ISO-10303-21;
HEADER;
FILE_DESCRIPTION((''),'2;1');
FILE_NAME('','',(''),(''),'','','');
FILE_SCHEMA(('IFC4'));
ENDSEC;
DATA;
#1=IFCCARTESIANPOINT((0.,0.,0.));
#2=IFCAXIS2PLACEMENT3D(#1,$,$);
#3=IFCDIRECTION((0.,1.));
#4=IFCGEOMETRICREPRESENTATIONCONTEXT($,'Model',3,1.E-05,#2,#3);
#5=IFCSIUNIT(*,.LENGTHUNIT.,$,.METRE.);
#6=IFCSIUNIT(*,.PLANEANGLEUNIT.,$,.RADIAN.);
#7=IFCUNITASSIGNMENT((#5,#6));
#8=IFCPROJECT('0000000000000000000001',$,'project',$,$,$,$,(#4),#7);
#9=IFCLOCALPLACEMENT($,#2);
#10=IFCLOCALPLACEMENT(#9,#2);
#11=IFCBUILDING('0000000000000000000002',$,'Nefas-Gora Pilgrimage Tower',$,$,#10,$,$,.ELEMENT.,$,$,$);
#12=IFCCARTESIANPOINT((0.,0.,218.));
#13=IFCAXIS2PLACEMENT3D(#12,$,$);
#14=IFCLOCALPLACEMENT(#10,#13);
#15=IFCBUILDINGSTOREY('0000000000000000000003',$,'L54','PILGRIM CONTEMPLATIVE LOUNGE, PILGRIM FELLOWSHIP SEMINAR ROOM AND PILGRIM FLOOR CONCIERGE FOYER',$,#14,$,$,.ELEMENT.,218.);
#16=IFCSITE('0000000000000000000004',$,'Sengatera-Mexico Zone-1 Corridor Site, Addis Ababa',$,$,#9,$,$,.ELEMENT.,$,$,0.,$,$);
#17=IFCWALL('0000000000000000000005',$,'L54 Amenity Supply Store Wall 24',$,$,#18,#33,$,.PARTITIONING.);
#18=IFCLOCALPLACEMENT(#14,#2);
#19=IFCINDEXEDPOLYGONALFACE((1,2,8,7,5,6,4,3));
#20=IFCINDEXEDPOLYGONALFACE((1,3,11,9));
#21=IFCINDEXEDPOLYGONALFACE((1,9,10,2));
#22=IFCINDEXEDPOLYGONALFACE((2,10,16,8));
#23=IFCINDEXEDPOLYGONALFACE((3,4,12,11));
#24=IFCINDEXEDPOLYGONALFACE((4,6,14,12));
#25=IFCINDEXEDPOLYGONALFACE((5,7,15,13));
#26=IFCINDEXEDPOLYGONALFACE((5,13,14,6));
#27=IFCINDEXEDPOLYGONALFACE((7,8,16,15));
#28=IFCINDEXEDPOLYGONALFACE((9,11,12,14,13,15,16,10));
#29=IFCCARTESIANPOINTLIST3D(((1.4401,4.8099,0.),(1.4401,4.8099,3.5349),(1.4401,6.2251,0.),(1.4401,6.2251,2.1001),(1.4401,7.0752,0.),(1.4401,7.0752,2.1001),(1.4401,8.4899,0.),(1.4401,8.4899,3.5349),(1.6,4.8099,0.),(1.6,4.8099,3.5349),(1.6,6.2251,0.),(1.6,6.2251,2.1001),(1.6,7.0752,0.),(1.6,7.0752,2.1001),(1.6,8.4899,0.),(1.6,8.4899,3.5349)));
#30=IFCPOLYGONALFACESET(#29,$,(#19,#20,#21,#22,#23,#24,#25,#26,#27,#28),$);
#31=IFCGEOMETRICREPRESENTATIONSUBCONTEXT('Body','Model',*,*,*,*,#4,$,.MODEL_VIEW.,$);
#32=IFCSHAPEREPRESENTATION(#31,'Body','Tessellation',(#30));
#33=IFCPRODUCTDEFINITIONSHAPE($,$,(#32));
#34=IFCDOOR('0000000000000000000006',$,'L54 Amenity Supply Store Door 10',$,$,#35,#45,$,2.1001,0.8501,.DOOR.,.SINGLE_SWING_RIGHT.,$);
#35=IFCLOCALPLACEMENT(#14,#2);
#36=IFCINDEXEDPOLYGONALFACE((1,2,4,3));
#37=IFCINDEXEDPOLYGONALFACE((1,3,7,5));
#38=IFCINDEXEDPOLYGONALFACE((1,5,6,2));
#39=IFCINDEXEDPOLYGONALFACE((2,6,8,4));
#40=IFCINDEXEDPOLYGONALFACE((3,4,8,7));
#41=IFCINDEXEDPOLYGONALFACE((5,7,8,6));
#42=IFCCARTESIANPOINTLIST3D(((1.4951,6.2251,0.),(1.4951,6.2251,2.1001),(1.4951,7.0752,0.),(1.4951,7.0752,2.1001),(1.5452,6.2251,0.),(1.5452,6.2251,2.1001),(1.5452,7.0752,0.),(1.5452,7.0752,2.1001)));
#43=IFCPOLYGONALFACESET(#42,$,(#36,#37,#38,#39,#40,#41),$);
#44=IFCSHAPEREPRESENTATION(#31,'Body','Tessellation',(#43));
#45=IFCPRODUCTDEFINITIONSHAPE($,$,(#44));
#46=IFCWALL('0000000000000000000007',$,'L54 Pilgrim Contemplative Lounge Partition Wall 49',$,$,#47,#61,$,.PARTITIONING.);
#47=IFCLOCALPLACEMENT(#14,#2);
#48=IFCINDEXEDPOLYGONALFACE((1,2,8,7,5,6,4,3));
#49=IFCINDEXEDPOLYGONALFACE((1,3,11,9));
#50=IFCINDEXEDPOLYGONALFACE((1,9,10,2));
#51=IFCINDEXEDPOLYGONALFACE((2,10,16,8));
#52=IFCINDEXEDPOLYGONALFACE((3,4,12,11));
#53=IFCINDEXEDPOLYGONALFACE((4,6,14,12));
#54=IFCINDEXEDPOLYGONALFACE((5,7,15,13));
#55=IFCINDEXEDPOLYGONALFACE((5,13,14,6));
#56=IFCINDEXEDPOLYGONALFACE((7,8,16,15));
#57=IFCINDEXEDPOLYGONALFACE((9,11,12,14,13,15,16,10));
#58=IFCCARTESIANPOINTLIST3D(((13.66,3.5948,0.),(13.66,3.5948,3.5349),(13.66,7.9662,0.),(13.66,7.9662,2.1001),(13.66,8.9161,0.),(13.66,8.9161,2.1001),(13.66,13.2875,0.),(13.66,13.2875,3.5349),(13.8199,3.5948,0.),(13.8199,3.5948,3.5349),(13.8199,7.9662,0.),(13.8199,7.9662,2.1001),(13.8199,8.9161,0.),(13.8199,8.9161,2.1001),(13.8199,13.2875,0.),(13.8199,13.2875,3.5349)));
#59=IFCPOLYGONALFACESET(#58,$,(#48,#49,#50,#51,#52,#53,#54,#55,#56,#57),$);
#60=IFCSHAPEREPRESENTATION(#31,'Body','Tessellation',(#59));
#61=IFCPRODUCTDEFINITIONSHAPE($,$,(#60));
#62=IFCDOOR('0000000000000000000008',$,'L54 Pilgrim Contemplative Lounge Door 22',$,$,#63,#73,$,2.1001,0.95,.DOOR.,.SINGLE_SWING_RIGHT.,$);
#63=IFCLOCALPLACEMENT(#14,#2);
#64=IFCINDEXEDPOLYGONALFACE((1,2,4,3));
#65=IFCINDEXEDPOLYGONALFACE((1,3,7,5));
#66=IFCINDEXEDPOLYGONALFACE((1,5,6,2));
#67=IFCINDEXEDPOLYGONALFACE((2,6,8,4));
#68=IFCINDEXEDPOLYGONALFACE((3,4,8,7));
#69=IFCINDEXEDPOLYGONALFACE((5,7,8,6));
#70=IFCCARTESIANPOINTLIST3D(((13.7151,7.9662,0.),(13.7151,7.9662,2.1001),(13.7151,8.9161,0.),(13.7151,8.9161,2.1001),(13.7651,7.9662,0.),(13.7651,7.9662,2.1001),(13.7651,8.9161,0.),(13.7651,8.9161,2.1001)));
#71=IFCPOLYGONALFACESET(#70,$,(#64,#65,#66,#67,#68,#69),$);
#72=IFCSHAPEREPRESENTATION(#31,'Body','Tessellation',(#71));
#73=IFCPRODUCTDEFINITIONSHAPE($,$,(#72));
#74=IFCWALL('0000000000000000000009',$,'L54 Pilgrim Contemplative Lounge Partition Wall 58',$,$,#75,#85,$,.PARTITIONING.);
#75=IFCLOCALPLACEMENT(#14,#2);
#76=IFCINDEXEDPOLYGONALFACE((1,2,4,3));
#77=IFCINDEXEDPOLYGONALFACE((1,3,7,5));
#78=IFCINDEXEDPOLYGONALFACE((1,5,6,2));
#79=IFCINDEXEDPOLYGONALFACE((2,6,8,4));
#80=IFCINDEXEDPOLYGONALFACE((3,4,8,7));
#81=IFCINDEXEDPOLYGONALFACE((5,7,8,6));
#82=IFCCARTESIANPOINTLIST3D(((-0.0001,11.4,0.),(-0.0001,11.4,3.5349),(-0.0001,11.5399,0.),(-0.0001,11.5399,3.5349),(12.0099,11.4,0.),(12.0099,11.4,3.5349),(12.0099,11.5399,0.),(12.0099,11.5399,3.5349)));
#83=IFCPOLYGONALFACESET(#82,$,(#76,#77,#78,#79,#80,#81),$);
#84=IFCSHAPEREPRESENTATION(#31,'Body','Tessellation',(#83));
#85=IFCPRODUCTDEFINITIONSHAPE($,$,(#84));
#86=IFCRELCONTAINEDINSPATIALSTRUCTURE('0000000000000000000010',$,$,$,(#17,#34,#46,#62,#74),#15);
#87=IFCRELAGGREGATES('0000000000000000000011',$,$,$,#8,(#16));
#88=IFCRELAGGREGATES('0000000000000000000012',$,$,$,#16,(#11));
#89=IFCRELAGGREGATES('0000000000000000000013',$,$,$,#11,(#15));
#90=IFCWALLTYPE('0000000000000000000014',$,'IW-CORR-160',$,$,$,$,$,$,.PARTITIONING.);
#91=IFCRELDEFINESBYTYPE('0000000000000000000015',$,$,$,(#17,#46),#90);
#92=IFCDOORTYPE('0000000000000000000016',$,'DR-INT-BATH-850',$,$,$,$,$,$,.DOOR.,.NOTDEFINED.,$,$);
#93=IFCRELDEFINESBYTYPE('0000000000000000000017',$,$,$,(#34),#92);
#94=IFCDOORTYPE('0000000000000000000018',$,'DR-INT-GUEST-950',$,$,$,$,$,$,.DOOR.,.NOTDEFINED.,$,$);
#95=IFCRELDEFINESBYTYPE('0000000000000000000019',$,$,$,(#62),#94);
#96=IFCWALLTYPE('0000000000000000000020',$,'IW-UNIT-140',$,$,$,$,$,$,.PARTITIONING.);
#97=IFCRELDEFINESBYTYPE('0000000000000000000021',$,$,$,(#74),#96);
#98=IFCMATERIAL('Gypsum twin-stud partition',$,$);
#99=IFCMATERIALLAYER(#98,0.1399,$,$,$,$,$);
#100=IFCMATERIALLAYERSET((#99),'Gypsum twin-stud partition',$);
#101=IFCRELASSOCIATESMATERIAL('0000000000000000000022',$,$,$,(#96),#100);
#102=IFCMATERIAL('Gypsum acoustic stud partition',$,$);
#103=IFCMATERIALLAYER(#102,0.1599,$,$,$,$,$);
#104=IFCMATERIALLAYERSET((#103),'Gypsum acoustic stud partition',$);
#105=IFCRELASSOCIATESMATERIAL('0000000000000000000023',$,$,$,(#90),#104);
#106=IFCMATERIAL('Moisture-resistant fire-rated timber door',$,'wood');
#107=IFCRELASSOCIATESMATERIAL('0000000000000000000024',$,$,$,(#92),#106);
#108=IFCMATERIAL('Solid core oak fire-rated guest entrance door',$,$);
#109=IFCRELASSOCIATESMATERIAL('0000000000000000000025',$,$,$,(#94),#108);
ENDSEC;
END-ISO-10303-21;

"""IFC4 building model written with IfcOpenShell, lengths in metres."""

from ifc_helpers import new_model, si_unit, direction, frame, frame_2d, origin, place, context, subcontext, project, spatial, rectangle, extrude, source, transform, mapped, material, layer, layer_set, type_object, element, fill, save


model = new_model("IFC4")

# Units and contexts
model_context = context("Model", 3, precision=1e-05, world=origin(), true_north=direction((0.0, 1.0)))
body_context = subcontext(model_context, "Body", "Model", "MODEL_VIEW")
ifc_project = project(units=[si_unit("LENGTHUNIT", "METRE"), si_unit("PLANEANGLEUNIT", "RADIAN")], contexts=[model_context])

# Site, building, storey
site_placement = place(None, origin())
site = spatial("IfcSite", under=ifc_project, at=site_placement, Name="Sengatera-Mexico Zone-1 Corridor Site, Addis Ababa", CompositionType="ELEMENT", RefElevation=0.0)
building_placement = place(site_placement, origin())
building = spatial("IfcBuilding", under=site, at=building_placement, Name="Nefas-Gora Pilgrimage Tower", CompositionType="ELEMENT")
storey_placement = place(building_placement, frame((0.0, 0.0, 218.0)))
storey = spatial("IfcBuildingStorey", under=building, at=storey_placement, Name="L54", Description="PILGRIM CONTEMPLATIVE LOUNGE, PILGRIM FELLOWSHIP SEMINAR ROOM AND PILGRIM FLOOR CONCIERGE FOYER", CompositionType="ELEMENT", Elevation=218.0)

# Shared definitions
ifc_material_1 = material(Name="Gypsum twin-stud partition")
ifc_layer_1 = layer(ifc_material_1, 0.1399)
ifc_layer_set_1 = layer_set([ifc_layer_1], Name="Gypsum twin-stud partition")
wall_type_1 = type_object("IfcWallType", Name="IW-UNIT-140", PredefinedType="PARTITIONING", material=ifc_layer_set_1)
ifc_material_2 = material(Name="Gypsum acoustic stud partition")
ifc_layer_2 = layer(ifc_material_2, 0.1599)
ifc_layer_set_2 = layer_set([ifc_layer_2], Name="Gypsum acoustic stud partition")
wall_type_2 = type_object("IfcWallType", Name="IW-CORR-160", PredefinedType="PARTITIONING", material=ifc_layer_set_2)

# Walls, openings, doors
ifc_material_3 = material(Name="Moisture-resistant fire-rated timber door", Category="wood")
door_type_1 = type_object("IfcDoorType", Name="DR-INT-BATH-850", OperationType="NOTDEFINED", PredefinedType="DOOR", material=ifc_material_3)
shared_shape_1 = source(origin(), body_context, "Body", "SweptSolid", [
    extrude(rectangle(XDim=0.8501, YDim=2.1001, at=frame_2d((0.425, 1.05))), frame((0.0, 0.0249, 0.0), z_axis=(0.0, -1.0, 0.0), x_axis=(1.0, 0.0, 0.0)), (0.0, 0.0, 1.0), 0.05),
])
shared_shape_2 = source(origin(), body_context, "Body", "SweptSolid", [
    extrude(rectangle(XDim=3.6799, YDim=0.1599, at=frame_2d((1.8398, 0.0))), origin(), (0.0, 0.0, 1.0), 3.5349),
])
wall_1_placement = place(storey_placement, frame((1.52, 4.8101, 0.0), z_axis=(0.0, 0.0, 1.0), x_axis=(0.0, 1.0, 0.0)))
wall_1 = element("IfcWall", 1, at=wall_1_placement, inside=storey, type_object=wall_type_2, Name="L54 Amenity Supply Store Wall 24", PredefinedType="PARTITIONING", context=body_context, shape_type="MappedRepresentation", body=[
    mapped(shared_shape_2, transform((0.0, 0.0, 0.0), x_axis=(1.0, 0.0, 0.0), y_axis=(0.0, 1.0, 0.0), z_axis=(0.0, 0.0, 1.0), scale=1.0)),
])
opening_1_placement = place(wall_1_placement, frame((1.415, 0.0, 0.0)))
opening_1 = element("IfcOpeningElement", 2, at=opening_1_placement, cuts=wall_1, PredefinedType="OPENING", context=body_context, shape_type="SweptSolid", body=[
    extrude(rectangle(XDim=0.8501, YDim=2.1001, at=frame_2d((0.425, 1.05))), frame((0.0, 0.0898, 0.0), z_axis=(0.0, -1.0, 0.0), x_axis=(1.0, 0.0, 0.0)), (0.0, 0.0, 1.0), 0.1799),
])
door_1_placement = place(opening_1_placement, origin())
door_1 = element("IfcDoor", 3, at=door_1_placement, inside=storey, type_object=door_type_1, Name="L54 Amenity Supply Store Door 10", OperationType="SINGLE_SWING_RIGHT", OverallHeight=2.1001, OverallWidth=0.8501, PredefinedType="DOOR", context=body_context, shape_type="MappedRepresentation", body=[
    mapped(shared_shape_1, transform((0.0, 0.0, 0.0), x_axis=(1.0, 0.0, 0.0), y_axis=(0.0, 1.0, 0.0), z_axis=(0.0, 0.0, 1.0), scale=1.0)),
])
fill(opening_1, door_1)
shared_shape_3 = source(origin(), body_context, "Body", "SweptSolid", [
    extrude(rectangle(XDim=9.6926, YDim=0.1599, at=frame_2d((4.8462, 0.0))), origin(), (0.0, 0.0, 1.0), 3.5349),
])
wall_2_placement = place(storey_placement, frame((13.74, 3.595, 0.0), z_axis=(0.0, 0.0, 1.0), x_axis=(0.0, 1.0, 0.0)))
wall_2 = element("IfcWall", 4, at=wall_2_placement, inside=storey, type_object=wall_type_2, Name="L54 Pilgrim Contemplative Lounge Partition Wall 49", PredefinedType="PARTITIONING", context=body_context, shape_type="MappedRepresentation", body=[
    mapped(shared_shape_3, transform((0.0, 0.0, 0.0), x_axis=(1.0, 0.0, 0.0), y_axis=(0.0, 1.0, 0.0), z_axis=(0.0, 0.0, 1.0), scale=1.0)),
])
opening_2_placement = place(wall_2_placement, frame((4.3711, 0.0, 0.0)))
opening_2 = element("IfcOpeningElement", 5, at=opening_2_placement, cuts=wall_2, PredefinedType="OPENING", context=body_context, shape_type="SweptSolid", body=[
    extrude(rectangle(XDim=0.95, YDim=2.1001, at=frame_2d((0.4751, 1.05))), frame((0.0, 0.0898, 0.0), z_axis=(0.0, -1.0, 0.0), x_axis=(1.0, 0.0, 0.0)), (0.0, 0.0, 1.0), 0.1799),
])
ifc_material_4 = material(Name="Solid core oak fire-rated guest entrance door")
door_type_2 = type_object("IfcDoorType", Name="DR-INT-GUEST-950", OperationType="NOTDEFINED", PredefinedType="DOOR", material=ifc_material_4)
shared_shape_4 = source(origin(), body_context, "Body", "SweptSolid", [
    extrude(rectangle(XDim=0.95, YDim=2.1001, at=frame_2d((0.4751, 1.05))), frame((0.0, 0.0249, 0.0), z_axis=(0.0, -1.0, 0.0), x_axis=(1.0, 0.0, 0.0)), (0.0, 0.0, 1.0), 0.05),
])
door_2_placement = place(opening_2_placement, origin())
door_2 = element("IfcDoor", 6, at=door_2_placement, inside=storey, type_object=door_type_2, Name="L54 Pilgrim Contemplative Lounge Door 22", OperationType="SINGLE_SWING_RIGHT", OverallHeight=2.1001, OverallWidth=0.95, PredefinedType="DOOR", context=body_context, shape_type="MappedRepresentation", body=[
    mapped(shared_shape_4, transform((0.0, 0.0, 0.0), x_axis=(1.0, 0.0, 0.0), y_axis=(0.0, 1.0, 0.0), z_axis=(0.0, 0.0, 1.0), scale=1.0)),
])
fill(opening_2, door_2)

# Wall
shared_shape_5 = source(origin(), body_context, "Body", "SweptSolid", [
    extrude(rectangle(XDim=12.01, YDim=0.1399, at=frame_2d((6.0049, 0.0))), origin(), (0.0, 0.0, 1.0), 3.5349),
])
wall_3_placement = place(storey_placement, frame((0.0, 11.47, 0.0), z_axis=(0.0, 0.0, 1.0), x_axis=(1.0, 0.0, 0.0)))
element("IfcWall", 7, at=wall_3_placement, inside=storey, type_object=wall_type_1, Name="L54 Pilgrim Contemplative Lounge Partition Wall 58", PredefinedType="PARTITIONING", context=body_context, shape_type="MappedRepresentation", body=[
    mapped(shared_shape_5, transform((0.0, 0.0, 0.0), x_axis=(1.0, 0.0, 0.0), y_axis=(0.0, 1.0, 0.0), z_axis=(0.0, 0.0, 1.0), scale=1.0)),
])

save(model, "model.ifc")
